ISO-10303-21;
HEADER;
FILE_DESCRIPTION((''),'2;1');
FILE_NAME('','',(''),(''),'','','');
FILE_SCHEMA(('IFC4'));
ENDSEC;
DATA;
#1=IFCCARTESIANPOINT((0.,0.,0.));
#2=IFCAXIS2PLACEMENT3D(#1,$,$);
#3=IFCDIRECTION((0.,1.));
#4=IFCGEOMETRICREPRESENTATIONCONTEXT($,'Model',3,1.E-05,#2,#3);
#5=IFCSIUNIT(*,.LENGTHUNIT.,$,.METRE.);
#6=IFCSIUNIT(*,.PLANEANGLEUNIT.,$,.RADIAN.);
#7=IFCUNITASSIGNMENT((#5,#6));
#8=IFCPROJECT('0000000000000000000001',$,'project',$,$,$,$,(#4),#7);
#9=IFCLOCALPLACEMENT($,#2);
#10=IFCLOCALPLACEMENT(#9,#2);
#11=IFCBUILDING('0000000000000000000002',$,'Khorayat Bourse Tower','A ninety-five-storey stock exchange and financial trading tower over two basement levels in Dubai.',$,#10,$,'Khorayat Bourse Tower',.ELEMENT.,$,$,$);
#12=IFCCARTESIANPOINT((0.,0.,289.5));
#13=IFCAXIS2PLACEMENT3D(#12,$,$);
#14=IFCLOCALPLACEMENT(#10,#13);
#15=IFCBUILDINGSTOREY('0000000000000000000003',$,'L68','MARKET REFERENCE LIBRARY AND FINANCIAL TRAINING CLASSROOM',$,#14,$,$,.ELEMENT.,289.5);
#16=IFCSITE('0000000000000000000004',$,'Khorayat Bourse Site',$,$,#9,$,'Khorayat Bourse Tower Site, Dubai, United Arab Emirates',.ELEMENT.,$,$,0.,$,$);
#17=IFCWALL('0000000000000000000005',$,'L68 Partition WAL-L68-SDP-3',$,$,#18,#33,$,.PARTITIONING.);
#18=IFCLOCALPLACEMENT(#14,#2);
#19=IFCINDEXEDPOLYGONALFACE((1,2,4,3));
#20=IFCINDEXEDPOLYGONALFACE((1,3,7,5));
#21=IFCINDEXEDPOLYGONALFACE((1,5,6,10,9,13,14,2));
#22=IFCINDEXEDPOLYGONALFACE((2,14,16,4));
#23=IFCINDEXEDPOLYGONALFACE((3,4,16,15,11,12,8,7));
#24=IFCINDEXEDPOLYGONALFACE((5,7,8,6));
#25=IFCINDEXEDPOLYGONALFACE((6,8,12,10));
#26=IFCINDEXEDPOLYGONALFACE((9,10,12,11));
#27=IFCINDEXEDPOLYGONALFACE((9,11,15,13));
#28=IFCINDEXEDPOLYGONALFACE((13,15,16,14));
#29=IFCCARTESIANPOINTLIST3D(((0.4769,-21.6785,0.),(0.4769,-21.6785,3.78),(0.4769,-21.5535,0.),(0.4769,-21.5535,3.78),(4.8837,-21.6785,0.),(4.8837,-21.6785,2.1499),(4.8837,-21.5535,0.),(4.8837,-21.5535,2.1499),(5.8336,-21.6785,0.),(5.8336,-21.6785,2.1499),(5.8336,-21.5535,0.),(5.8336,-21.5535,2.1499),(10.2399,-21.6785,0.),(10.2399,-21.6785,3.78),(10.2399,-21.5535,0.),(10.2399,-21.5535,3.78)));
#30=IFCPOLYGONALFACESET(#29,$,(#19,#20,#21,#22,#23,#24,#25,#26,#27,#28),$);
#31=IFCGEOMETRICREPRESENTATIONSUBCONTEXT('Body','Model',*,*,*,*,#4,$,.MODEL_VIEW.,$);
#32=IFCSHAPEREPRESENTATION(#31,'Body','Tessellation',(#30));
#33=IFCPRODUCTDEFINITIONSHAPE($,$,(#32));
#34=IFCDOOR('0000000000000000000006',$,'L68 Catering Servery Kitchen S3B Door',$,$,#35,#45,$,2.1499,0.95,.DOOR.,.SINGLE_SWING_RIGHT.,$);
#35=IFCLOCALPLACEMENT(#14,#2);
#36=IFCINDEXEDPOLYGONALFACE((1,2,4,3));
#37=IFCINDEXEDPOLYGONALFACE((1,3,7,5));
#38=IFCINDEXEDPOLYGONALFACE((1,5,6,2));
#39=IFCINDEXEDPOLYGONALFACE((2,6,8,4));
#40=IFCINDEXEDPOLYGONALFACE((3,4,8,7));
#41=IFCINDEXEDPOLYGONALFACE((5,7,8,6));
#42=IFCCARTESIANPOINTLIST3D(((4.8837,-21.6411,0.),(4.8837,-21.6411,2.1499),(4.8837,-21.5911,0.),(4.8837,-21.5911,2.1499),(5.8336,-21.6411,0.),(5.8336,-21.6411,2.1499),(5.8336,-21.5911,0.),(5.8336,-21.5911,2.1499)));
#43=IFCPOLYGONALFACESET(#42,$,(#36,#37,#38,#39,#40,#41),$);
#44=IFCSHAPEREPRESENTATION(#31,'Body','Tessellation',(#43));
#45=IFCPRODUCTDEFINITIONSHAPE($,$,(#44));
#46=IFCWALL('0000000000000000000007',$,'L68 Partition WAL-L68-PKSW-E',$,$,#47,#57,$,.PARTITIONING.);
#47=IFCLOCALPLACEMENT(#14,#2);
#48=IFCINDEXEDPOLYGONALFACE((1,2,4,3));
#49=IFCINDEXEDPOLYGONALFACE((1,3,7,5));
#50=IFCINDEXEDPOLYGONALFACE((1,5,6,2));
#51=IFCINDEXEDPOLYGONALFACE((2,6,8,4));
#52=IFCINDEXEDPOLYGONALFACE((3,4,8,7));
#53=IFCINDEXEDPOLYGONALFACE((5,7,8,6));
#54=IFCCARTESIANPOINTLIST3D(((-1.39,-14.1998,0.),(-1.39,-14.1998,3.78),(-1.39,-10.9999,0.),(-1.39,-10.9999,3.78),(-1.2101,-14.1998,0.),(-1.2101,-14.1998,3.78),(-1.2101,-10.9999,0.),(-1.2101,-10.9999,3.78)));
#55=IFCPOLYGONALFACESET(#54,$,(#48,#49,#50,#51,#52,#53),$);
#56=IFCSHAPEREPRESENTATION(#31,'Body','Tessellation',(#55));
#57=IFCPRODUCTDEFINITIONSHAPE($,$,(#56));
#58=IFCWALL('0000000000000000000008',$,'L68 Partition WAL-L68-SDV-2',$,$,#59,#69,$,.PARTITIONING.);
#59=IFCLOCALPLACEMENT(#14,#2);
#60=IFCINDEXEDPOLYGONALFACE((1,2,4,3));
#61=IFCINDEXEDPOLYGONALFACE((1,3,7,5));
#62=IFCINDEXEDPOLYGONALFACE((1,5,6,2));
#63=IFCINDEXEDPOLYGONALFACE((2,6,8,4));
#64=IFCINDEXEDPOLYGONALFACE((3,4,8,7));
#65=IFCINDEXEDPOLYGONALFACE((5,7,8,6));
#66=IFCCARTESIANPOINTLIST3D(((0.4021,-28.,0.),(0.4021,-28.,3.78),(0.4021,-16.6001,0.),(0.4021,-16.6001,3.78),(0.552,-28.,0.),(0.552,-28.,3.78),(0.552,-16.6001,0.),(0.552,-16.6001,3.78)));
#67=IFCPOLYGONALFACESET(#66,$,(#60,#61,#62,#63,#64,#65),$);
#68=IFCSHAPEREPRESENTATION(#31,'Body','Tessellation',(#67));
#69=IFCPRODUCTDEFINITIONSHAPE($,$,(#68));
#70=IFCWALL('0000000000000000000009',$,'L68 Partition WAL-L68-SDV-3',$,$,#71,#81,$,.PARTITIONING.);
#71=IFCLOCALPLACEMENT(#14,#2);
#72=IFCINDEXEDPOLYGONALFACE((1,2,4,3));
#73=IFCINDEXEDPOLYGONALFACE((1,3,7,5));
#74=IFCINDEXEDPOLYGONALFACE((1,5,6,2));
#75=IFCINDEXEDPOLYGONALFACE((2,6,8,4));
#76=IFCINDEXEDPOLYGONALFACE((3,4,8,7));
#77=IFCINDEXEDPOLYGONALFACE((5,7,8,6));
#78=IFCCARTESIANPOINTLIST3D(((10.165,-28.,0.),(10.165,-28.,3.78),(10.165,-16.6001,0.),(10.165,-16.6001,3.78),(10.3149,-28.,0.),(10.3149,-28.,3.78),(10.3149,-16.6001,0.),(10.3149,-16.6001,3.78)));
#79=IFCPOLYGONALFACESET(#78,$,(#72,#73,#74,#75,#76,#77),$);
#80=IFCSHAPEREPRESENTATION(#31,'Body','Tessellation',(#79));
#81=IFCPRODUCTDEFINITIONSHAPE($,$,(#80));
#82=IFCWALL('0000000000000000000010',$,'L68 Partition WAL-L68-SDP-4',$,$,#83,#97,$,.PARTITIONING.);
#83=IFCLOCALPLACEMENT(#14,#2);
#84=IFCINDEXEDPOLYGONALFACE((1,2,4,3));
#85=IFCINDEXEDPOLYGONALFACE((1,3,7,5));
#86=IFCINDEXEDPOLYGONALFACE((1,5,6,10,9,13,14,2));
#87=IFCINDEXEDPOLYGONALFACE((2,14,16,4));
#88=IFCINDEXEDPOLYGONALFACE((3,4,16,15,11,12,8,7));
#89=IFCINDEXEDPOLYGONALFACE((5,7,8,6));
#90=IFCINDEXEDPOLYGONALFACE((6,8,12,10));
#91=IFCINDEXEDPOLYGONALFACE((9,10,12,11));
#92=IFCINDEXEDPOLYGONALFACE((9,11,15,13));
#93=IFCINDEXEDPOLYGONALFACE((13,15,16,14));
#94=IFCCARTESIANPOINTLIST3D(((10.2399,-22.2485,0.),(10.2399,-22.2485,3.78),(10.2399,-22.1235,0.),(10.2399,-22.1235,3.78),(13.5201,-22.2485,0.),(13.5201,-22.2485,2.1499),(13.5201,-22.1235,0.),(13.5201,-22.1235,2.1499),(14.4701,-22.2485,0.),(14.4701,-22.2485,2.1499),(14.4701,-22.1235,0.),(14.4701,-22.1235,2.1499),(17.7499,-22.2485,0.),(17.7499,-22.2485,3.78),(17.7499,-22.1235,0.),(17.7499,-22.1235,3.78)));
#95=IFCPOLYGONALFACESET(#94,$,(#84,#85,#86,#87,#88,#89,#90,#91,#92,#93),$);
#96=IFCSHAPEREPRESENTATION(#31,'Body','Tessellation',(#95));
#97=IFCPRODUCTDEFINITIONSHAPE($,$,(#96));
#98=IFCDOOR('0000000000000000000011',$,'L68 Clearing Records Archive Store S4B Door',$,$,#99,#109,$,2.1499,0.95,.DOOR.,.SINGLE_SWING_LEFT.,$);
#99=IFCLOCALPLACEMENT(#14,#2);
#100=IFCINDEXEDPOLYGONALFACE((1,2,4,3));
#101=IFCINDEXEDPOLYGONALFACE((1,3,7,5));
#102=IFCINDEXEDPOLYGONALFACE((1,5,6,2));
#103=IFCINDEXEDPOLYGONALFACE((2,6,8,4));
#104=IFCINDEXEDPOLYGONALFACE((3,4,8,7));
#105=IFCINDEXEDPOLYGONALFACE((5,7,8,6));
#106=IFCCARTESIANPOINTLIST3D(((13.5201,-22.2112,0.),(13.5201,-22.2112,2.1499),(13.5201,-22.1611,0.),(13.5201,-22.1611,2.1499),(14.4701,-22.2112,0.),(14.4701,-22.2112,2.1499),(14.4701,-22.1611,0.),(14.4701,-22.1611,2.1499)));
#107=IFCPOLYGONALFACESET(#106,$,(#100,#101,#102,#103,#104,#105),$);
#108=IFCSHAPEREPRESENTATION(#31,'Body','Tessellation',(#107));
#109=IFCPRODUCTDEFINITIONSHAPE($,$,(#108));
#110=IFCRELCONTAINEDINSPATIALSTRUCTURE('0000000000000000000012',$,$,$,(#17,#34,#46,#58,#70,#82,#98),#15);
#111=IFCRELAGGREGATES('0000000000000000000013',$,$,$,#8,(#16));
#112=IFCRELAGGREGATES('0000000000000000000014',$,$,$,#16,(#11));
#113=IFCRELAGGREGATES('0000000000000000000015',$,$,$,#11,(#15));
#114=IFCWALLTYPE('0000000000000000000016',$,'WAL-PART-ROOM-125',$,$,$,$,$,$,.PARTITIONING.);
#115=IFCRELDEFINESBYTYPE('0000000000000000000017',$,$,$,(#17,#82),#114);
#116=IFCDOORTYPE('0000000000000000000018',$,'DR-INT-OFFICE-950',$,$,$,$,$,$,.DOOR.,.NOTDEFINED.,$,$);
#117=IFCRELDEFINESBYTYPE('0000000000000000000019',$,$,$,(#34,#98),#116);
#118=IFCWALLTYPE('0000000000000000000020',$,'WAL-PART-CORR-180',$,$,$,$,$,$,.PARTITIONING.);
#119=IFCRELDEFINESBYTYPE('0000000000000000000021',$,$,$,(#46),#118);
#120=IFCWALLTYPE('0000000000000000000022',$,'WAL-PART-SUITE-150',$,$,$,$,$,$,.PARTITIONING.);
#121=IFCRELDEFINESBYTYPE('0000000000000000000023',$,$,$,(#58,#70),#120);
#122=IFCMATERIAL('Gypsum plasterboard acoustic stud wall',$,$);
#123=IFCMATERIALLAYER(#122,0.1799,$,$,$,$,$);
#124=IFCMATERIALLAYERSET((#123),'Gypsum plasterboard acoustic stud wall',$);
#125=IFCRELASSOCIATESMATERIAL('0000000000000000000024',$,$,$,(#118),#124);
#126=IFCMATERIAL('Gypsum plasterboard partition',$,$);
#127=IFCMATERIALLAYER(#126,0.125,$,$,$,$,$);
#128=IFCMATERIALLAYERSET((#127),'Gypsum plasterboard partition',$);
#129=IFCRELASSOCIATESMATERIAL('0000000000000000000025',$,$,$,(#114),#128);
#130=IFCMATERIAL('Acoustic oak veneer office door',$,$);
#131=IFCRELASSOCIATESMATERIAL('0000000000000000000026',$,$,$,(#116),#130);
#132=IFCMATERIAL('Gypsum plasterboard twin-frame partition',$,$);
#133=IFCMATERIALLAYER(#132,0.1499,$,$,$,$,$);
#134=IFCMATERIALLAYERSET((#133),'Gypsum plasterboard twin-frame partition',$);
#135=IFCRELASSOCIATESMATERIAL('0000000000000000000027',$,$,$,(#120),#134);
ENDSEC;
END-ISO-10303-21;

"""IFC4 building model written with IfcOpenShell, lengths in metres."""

from ifc_helpers import new_model, si_unit, direction, frame, frame_2d, origin, place, context, subcontext, project, spatial, rectangle, extrude, source, transform, mapped, material, layer, layer_set, type_object, element, fill, save


model = new_model("IFC4")

# Units and contexts
model_context = context("Model", 3, precision=1e-05, world=origin(), true_north=direction((0.0, 1.0)))
body_context = subcontext(model_context, "Body", "Model", "MODEL_VIEW")
ifc_project = project(units=[si_unit("LENGTHUNIT", "METRE"), si_unit("PLANEANGLEUNIT", "RADIAN")], contexts=[model_context])

# Site, building, storey
site_placement = place(None, origin())
site = spatial("IfcSite", under=ifc_project, at=site_placement, Name="Khorayat Bourse Site", LongName="Khorayat Bourse Tower Site, Dubai, United Arab Emirates", CompositionType="ELEMENT", RefElevation=0.0)
building_placement = place(site_placement, origin())
building = spatial("IfcBuilding", under=site, at=building_placement, Name="Khorayat Bourse Tower", Description="A ninety-five-storey stock exchange and financial trading tower over two basement levels in Dubai.", LongName="Khorayat Bourse Tower", CompositionType="ELEMENT")
storey_placement = place(building_placement, frame((0.0, 0.0, 289.5)))
storey = spatial("IfcBuildingStorey", under=building, at=storey_placement, Name="L68", Description="MARKET REFERENCE LIBRARY AND FINANCIAL TRAINING CLASSROOM", CompositionType="ELEMENT", Elevation=289.5)

# Wall, opening, door
ifc_material_1 = material(Name="Gypsum plasterboard acoustic stud wall")
ifc_layer_1 = layer(ifc_material_1, 0.1799)
ifc_layer_set_1 = layer_set([ifc_layer_1], Name="Gypsum plasterboard acoustic stud wall")
wall_type_1 = type_object("IfcWallType", Name="WAL-PART-CORR-180", PredefinedType="PARTITIONING", material=ifc_layer_set_1)
ifc_material_2 = material(Name="Gypsum plasterboard partition")
ifc_layer_2 = layer(ifc_material_2, 0.125)
ifc_layer_set_2 = layer_set([ifc_layer_2], Name="Gypsum plasterboard partition")
wall_type_2 = type_object("IfcWallType", Name="WAL-PART-ROOM-125", PredefinedType="PARTITIONING", material=ifc_layer_set_2)
shared_shape_1 = source(origin(), body_context, "Body", "SweptSolid", [
    extrude(rectangle(XDim=9.7629, YDim=0.125, at=frame_2d((4.8813, 0.0))), origin(), (0.0, 0.0, 1.0), 3.78),
])
wall_1_placement = place(storey_placement, frame((0.4771, -21.616, 0.0), z_axis=(0.0, 0.0, 1.0), x_axis=(1.0, 0.0, 0.0)))
wall_1 = element("IfcWall", 1, at=wall_1_placement, inside=storey, type_object=wall_type_2, Name="L68 Partition WAL-L68-SDP-3", PredefinedType="PARTITIONING", context=body_context, shape_type="MappedRepresentation", body=[
    mapped(shared_shape_1, transform((0.0, 0.0, 0.0), scale=1.0)),
])
shared_shape_2 = source(origin(), body_context, "Body", "SweptSolid", [
    extrude(rectangle(XDim=0.95, YDim=2.1499, at=frame_2d((0.4751, 1.075))), frame((0.0, 0.0725, 0.0), z_axis=(0.0, -1.0, 0.0), x_axis=(1.0, 0.0, 0.0)), (0.0, 0.0, 1.0), 0.145),
])
opening_1_placement = place(wall_1_placement, frame((4.4065, 0.0, 0.0)))
opening_1 = element("IfcOpeningElement", 2, at=opening_1_placement, cuts=wall_1, PredefinedType="OPENING", context=body_context, shape_type="MappedRepresentation", body=[
    mapped(shared_shape_2, transform((0.0, 0.0, 0.0), scale=1.0)),
])
ifc_material_3 = material(Name="Acoustic oak veneer office door")
door_type_1 = type_object("IfcDoorType", Name="DR-INT-OFFICE-950", OperationType="NOTDEFINED", PredefinedType="DOOR", material=ifc_material_3)
shared_shape_3 = source(origin(), body_context, "Body", "SweptSolid", [
    extrude(rectangle(XDim=0.95, YDim=2.1499, at=frame_2d((0.4751, 1.075))), frame((0.0, 0.0249, 0.0), z_axis=(0.0, -1.0, 0.0), x_axis=(1.0, 0.0, 0.0)), (0.0, 0.0, 1.0), 0.05),
])
door_1_placement = place(opening_1_placement, origin())
door_1 = element("IfcDoor", 3, at=door_1_placement, inside=storey, type_object=door_type_1, Name="L68 Catering Servery Kitchen S3B Door", OperationType="SINGLE_SWING_RIGHT", OverallHeight=2.1499, OverallWidth=0.95, PredefinedType="DOOR", context=body_context, shape_type="MappedRepresentation", body=[
    mapped(shared_shape_3, transform((0.0, 0.0, 0.0), scale=1.0)),
])
fill(opening_1, door_1)

# Walls
shared_shape_4 = source(origin(), body_context, "Body", "SweptSolid", [
    extrude(rectangle(XDim=3.2, YDim=0.1799, at=frame_2d((1.6001, 0.0))), origin(), (0.0, 0.0, 1.0), 3.78),
])
wall_2_placement = place(storey_placement, frame((-1.3, -14.2, 0.0), z_axis=(0.0, 0.0, 1.0), x_axis=(0.0, 1.0, 0.0)))
element("IfcWall", 4, at=wall_2_placement, inside=storey, type_object=wall_type_1, Name="L68 Partition WAL-L68-PKSW-E", PredefinedType="PARTITIONING", context=body_context, shape_type="MappedRepresentation", body=[
    mapped(shared_shape_4, transform((0.0, 0.0, 0.0), scale=1.0)),
])
ifc_material_4 = material(Name="Gypsum plasterboard twin-frame partition")
ifc_layer_3 = layer(ifc_material_4, 0.1499)
ifc_layer_set_3 = layer_set([ifc_layer_3], Name="Gypsum plasterboard twin-frame partition")
wall_type_3 = type_object("IfcWallType", Name="WAL-PART-SUITE-150", PredefinedType="PARTITIONING", material=ifc_layer_set_3)
shared_shape_5 = source(origin(), body_context, "Body", "SweptSolid", [
    extrude(rectangle(XDim=11.3999, YDim=0.1499, at=frame_2d((5.7, 0.0))), origin(), (0.0, 0.0, 1.0), 3.78),
])
for number, where, z_axis, x_axis, name in (
    (5, (0.4771, -28.0, 0.0), (0.0, 0.0, 1.0), (0.0, 1.0, 0.0), "L68 Partition WAL-L68-SDV-2"),
    (6, (10.24, -28.0, 0.0), (0.0, 0.0, 1.0), (0.0, 1.0, 0.0), "L68 Partition WAL-L68-SDV-3"),
):
    element("IfcWall", number, at=place(storey_placement, frame(where, z_axis=z_axis, x_axis=x_axis)), inside=storey, type_object=wall_type_3, Name=name, PredefinedType="PARTITIONING", context=body_context, shape_type="MappedRepresentation", body=[
        mapped(shared_shape_5, transform((0.0, 0.0, 0.0), scale=1.0)),
    ])

# Wall, opening, door
shared_shape_6 = source(origin(), body_context, "Body", "SweptSolid", [
    extrude(rectangle(XDim=7.51, YDim=0.125, at=frame_2d((3.7549, 0.0))), origin(), (0.0, 0.0, 1.0), 3.78),
])
wall_3_placement = place(storey_placement, frame((10.24, -22.186, 0.0), z_axis=(0.0, 0.0, 1.0), x_axis=(1.0, 0.0, 0.0)))
wall_3 = element("IfcWall", 7, at=wall_3_placement, inside=storey, type_object=wall_type_2, Name="L68 Partition WAL-L68-SDP-4", PredefinedType="PARTITIONING", context=body_context, shape_type="MappedRepresentation", body=[
    mapped(shared_shape_6, transform((0.0, 0.0, 0.0), scale=1.0)),
])
opening_2_placement = place(wall_3_placement, frame((3.28, 0.0, 0.0)))
opening_2 = element("IfcOpeningElement", 8, at=opening_2_placement, cuts=wall_3, PredefinedType="OPENING", context=body_context, shape_type="MappedRepresentation", body=[
    mapped(shared_shape_2, transform((0.0, 0.0, 0.0), scale=1.0)),
])
door_2_placement = place(opening_2_placement, origin())
door_2 = element("IfcDoor", 9, at=door_2_placement, inside=storey, type_object=door_type_1, Name="L68 Clearing Records Archive Store S4B Door", OperationType="SINGLE_SWING_LEFT", OverallHeight=2.1499, OverallWidth=0.95, PredefinedType="DOOR", context=body_context, shape_type="MappedRepresentation", body=[
    mapped(shared_shape_3, transform((0.0, 0.0, 0.0), scale=1.0)),
])
fill(opening_2, door_2)

save(model, "model.ifc")
